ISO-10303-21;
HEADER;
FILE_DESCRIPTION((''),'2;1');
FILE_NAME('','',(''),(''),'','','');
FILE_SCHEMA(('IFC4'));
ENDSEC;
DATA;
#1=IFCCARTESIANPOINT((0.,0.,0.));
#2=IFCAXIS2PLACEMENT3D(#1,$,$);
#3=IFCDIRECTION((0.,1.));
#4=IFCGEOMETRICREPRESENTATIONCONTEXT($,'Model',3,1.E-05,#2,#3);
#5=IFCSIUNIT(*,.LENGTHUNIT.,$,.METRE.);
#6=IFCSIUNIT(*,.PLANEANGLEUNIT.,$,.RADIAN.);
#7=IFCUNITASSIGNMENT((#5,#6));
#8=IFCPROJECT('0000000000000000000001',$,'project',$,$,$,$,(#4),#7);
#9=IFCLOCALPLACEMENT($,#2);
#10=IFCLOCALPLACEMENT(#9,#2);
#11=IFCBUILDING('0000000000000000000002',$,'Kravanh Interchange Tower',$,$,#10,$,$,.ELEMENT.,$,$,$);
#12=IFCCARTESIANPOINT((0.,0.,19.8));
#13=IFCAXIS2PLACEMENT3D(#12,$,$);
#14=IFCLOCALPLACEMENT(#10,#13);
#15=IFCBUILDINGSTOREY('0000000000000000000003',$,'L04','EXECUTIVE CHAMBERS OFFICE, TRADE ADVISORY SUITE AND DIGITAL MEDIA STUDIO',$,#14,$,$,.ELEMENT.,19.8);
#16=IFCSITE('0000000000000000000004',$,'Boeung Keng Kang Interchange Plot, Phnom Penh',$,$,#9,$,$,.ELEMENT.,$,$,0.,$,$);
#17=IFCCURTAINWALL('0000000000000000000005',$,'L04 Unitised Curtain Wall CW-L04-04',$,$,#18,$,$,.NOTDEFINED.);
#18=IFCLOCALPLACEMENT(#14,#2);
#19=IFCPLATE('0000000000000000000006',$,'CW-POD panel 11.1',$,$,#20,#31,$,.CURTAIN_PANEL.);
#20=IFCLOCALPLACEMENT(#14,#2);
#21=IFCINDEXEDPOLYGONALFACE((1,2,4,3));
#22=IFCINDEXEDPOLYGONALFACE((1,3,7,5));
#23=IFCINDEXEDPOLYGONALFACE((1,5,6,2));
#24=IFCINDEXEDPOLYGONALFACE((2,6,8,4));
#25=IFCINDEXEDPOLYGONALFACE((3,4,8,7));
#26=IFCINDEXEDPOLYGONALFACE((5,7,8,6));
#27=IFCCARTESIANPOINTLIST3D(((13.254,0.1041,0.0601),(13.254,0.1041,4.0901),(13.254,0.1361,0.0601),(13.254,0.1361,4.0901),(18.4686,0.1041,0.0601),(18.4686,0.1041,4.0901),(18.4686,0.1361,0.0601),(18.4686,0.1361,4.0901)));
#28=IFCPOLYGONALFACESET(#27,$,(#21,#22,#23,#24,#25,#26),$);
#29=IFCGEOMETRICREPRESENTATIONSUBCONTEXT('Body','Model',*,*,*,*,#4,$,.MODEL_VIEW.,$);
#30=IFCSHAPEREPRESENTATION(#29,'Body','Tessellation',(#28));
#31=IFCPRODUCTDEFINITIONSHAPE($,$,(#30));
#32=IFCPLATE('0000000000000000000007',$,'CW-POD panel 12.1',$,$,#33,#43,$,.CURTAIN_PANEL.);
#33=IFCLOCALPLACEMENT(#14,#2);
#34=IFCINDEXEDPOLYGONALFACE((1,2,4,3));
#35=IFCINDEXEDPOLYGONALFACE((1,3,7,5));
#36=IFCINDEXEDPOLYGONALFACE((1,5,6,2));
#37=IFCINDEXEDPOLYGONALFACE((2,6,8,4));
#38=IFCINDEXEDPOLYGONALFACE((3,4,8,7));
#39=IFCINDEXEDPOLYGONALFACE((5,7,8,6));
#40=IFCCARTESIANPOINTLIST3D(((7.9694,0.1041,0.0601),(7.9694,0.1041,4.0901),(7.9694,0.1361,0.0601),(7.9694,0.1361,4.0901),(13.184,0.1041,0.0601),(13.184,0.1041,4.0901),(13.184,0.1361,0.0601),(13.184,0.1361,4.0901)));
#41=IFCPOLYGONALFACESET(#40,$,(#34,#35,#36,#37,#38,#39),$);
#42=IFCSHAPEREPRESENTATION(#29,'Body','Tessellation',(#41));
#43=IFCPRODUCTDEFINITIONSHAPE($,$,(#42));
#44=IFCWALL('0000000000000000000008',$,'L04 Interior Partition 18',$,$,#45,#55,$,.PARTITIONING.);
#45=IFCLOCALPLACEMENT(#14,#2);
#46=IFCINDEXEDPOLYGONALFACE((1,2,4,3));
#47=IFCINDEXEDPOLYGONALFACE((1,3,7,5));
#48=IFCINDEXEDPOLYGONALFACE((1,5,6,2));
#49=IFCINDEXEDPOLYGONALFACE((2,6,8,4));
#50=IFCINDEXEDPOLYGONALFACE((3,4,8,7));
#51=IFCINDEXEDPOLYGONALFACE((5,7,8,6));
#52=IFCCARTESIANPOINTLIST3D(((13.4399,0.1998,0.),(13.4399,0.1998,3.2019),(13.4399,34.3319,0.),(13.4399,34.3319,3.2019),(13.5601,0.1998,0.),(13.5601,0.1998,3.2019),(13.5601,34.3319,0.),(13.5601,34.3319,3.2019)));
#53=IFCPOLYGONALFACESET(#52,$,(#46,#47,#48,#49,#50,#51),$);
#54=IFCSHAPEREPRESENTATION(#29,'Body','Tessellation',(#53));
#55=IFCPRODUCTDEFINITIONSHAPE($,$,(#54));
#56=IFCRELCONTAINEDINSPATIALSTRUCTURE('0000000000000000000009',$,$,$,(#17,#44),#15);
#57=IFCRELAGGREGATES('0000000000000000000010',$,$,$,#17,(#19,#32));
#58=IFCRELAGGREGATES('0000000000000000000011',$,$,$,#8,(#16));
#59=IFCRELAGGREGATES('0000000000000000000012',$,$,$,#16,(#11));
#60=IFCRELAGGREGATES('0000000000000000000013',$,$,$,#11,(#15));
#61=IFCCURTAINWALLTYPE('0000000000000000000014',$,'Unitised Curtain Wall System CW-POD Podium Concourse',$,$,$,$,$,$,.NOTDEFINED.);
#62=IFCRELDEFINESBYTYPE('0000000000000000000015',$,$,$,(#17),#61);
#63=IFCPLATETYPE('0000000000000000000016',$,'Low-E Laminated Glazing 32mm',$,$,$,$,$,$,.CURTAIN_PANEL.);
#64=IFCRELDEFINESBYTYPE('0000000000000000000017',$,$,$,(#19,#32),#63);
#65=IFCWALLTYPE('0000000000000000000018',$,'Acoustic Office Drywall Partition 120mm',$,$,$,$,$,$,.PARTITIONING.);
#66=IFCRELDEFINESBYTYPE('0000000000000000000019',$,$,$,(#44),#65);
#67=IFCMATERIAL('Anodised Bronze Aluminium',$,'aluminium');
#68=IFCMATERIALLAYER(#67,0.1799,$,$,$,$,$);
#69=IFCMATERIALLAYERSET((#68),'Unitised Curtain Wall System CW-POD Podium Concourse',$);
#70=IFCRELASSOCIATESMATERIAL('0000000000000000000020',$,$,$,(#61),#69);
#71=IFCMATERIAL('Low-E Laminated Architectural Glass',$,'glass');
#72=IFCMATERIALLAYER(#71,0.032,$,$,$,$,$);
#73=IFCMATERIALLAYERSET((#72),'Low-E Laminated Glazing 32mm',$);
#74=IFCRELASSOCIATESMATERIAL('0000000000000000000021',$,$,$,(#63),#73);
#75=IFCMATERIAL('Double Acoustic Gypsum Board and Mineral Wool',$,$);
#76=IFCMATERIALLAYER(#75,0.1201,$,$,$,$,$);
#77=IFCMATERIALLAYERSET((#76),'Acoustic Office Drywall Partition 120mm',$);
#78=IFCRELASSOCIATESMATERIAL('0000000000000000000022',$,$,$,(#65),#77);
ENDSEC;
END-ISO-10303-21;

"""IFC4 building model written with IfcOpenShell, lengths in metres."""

from ifc_helpers import new_model, si_unit, direction, frame, frame_2d, origin, origin_2d, place, context, subcontext, project, spatial, rectangle, extrude, material, layer, layer_set, type_object, element, aggregate, save


model = new_model("IFC4")

# Units and contexts
model_context = context("Model", 3, precision=1e-05, world=origin(), true_north=direction((0.0, 1.0)))
body_context = subcontext(model_context, "Body", "Model", "MODEL_VIEW")
ifc_project = project(units=[si_unit("LENGTHUNIT", "METRE"), si_unit("PLANEANGLEUNIT", "RADIAN")], contexts=[model_context])

# Site, building, storey
site_placement = place(None, origin())
site = spatial("IfcSite", under=ifc_project, at=site_placement, Name="Boeung Keng Kang Interchange Plot, Phnom Penh", CompositionType="ELEMENT", RefElevation=0.0)
building_placement = place(site_placement, origin())
building = spatial("IfcBuilding", under=site, at=building_placement, Name="Kravanh Interchange Tower", CompositionType="ELEMENT")
storey_placement = place(building_placement, frame((0.0, 0.0, 19.8)))
storey = spatial("IfcBuildingStorey", under=building, at=storey_placement, Name="L04", Description="EXECUTIVE CHAMBERS OFFICE, TRADE ADVISORY SUITE AND DIGITAL MEDIA STUDIO", CompositionType="ELEMENT", Elevation=19.8)

# Curtain wall
ifc_material_1 = material(Name="Anodised Bronze Aluminium", Category="aluminium")
ifc_layer_1 = layer(ifc_material_1, 0.1799)
ifc_layer_set_1 = layer_set([ifc_layer_1], Name="Unitised Curtain Wall System CW-POD Podium Concourse")
curtain_wall_type = type_object("IfcCurtainWallType", Name="Unitised Curtain Wall System CW-POD Podium Concourse", PredefinedType="NOTDEFINED", material=ifc_layer_set_1)
curtain_wall_placement = place(storey_placement, origin())
curtain_wall = element("IfcCurtainWall", 1, at=curtain_wall_placement, inside=storey, type_object=curtain_wall_type, Name="L04 Unitised Curtain Wall CW-L04-04", PredefinedType="NOTDEFINED")

# Plates
ifc_material_2 = material(Name="Low-E Laminated Architectural Glass", Category="glass")
ifc_layer_2 = layer(ifc_material_2, 0.032)
ifc_layer_set_2 = layer_set([ifc_layer_2], Name="Low-E Laminated Glazing 32mm")
plate_type = type_object("IfcPlateType", Name="Low-E Laminated Glazing 32mm", PredefinedType="CURTAIN_PANEL", material=ifc_layer_set_2)
plate_1_placement = place(storey_placement, frame((15.8613, 0.1201, 0.0601), z_axis=(0.0, 0.0, 1.0), x_axis=(-1.0, 0.0, 0.0)))
plate_1 = element("IfcPlate", 2, at=plate_1_placement, type_object=plate_type, Name="CW-POD panel 11.1", PredefinedType="CURTAIN_PANEL", context=body_context, shape_type="SweptSolid", body=[
    extrude(rectangle(XDim=5.2146, YDim=0.032, at=origin_2d()), origin(), (0.0, 0.0, 1.0), 4.03),
])
plate_2_placement = place(storey_placement, frame((10.5767, 0.1201, 0.0601), z_axis=(0.0, 0.0, 1.0), x_axis=(-1.0, 0.0, 0.0)))
plate_2 = element("IfcPlate", 3, at=plate_2_placement, type_object=plate_type, Name="CW-POD panel 12.1", PredefinedType="CURTAIN_PANEL", context=body_context, shape_type="SweptSolid", body=[
    extrude(rectangle(XDim=5.2146, YDim=0.032, at=origin_2d()), origin(), (0.0, 0.0, 1.0), 4.03),
])
aggregate(curtain_wall, [plate_1, plate_2])

# Wall
ifc_material_3 = material(Name="Double Acoustic Gypsum Board and Mineral Wool")
ifc_layer_3 = layer(ifc_material_3, 0.1201)
ifc_layer_set_3 = layer_set([ifc_layer_3], Name="Acoustic Office Drywall Partition 120mm")
wall_type = type_object("IfcWallType", Name="Acoustic Office Drywall Partition 120mm", PredefinedType="PARTITIONING", material=ifc_layer_set_3)
wall_placement = place(storey_placement, frame((13.5, 0.2, 0.0), z_axis=(0.0, 0.0, 1.0), x_axis=(0.0, 1.0, 0.0)))
element("IfcWall", 4, at=wall_placement, inside=storey, type_object=wall_type, Name="L04 Interior Partition 18", PredefinedType="PARTITIONING", context=body_context, shape_type="SweptSolid", body=[
    extrude(rectangle(XDim=34.1321, YDim=0.1201, at=frame_2d((17.0659, 0.0))), origin(), (0.0, 0.0, 1.0), 3.2019),
])

save(model, "model.ifc")
